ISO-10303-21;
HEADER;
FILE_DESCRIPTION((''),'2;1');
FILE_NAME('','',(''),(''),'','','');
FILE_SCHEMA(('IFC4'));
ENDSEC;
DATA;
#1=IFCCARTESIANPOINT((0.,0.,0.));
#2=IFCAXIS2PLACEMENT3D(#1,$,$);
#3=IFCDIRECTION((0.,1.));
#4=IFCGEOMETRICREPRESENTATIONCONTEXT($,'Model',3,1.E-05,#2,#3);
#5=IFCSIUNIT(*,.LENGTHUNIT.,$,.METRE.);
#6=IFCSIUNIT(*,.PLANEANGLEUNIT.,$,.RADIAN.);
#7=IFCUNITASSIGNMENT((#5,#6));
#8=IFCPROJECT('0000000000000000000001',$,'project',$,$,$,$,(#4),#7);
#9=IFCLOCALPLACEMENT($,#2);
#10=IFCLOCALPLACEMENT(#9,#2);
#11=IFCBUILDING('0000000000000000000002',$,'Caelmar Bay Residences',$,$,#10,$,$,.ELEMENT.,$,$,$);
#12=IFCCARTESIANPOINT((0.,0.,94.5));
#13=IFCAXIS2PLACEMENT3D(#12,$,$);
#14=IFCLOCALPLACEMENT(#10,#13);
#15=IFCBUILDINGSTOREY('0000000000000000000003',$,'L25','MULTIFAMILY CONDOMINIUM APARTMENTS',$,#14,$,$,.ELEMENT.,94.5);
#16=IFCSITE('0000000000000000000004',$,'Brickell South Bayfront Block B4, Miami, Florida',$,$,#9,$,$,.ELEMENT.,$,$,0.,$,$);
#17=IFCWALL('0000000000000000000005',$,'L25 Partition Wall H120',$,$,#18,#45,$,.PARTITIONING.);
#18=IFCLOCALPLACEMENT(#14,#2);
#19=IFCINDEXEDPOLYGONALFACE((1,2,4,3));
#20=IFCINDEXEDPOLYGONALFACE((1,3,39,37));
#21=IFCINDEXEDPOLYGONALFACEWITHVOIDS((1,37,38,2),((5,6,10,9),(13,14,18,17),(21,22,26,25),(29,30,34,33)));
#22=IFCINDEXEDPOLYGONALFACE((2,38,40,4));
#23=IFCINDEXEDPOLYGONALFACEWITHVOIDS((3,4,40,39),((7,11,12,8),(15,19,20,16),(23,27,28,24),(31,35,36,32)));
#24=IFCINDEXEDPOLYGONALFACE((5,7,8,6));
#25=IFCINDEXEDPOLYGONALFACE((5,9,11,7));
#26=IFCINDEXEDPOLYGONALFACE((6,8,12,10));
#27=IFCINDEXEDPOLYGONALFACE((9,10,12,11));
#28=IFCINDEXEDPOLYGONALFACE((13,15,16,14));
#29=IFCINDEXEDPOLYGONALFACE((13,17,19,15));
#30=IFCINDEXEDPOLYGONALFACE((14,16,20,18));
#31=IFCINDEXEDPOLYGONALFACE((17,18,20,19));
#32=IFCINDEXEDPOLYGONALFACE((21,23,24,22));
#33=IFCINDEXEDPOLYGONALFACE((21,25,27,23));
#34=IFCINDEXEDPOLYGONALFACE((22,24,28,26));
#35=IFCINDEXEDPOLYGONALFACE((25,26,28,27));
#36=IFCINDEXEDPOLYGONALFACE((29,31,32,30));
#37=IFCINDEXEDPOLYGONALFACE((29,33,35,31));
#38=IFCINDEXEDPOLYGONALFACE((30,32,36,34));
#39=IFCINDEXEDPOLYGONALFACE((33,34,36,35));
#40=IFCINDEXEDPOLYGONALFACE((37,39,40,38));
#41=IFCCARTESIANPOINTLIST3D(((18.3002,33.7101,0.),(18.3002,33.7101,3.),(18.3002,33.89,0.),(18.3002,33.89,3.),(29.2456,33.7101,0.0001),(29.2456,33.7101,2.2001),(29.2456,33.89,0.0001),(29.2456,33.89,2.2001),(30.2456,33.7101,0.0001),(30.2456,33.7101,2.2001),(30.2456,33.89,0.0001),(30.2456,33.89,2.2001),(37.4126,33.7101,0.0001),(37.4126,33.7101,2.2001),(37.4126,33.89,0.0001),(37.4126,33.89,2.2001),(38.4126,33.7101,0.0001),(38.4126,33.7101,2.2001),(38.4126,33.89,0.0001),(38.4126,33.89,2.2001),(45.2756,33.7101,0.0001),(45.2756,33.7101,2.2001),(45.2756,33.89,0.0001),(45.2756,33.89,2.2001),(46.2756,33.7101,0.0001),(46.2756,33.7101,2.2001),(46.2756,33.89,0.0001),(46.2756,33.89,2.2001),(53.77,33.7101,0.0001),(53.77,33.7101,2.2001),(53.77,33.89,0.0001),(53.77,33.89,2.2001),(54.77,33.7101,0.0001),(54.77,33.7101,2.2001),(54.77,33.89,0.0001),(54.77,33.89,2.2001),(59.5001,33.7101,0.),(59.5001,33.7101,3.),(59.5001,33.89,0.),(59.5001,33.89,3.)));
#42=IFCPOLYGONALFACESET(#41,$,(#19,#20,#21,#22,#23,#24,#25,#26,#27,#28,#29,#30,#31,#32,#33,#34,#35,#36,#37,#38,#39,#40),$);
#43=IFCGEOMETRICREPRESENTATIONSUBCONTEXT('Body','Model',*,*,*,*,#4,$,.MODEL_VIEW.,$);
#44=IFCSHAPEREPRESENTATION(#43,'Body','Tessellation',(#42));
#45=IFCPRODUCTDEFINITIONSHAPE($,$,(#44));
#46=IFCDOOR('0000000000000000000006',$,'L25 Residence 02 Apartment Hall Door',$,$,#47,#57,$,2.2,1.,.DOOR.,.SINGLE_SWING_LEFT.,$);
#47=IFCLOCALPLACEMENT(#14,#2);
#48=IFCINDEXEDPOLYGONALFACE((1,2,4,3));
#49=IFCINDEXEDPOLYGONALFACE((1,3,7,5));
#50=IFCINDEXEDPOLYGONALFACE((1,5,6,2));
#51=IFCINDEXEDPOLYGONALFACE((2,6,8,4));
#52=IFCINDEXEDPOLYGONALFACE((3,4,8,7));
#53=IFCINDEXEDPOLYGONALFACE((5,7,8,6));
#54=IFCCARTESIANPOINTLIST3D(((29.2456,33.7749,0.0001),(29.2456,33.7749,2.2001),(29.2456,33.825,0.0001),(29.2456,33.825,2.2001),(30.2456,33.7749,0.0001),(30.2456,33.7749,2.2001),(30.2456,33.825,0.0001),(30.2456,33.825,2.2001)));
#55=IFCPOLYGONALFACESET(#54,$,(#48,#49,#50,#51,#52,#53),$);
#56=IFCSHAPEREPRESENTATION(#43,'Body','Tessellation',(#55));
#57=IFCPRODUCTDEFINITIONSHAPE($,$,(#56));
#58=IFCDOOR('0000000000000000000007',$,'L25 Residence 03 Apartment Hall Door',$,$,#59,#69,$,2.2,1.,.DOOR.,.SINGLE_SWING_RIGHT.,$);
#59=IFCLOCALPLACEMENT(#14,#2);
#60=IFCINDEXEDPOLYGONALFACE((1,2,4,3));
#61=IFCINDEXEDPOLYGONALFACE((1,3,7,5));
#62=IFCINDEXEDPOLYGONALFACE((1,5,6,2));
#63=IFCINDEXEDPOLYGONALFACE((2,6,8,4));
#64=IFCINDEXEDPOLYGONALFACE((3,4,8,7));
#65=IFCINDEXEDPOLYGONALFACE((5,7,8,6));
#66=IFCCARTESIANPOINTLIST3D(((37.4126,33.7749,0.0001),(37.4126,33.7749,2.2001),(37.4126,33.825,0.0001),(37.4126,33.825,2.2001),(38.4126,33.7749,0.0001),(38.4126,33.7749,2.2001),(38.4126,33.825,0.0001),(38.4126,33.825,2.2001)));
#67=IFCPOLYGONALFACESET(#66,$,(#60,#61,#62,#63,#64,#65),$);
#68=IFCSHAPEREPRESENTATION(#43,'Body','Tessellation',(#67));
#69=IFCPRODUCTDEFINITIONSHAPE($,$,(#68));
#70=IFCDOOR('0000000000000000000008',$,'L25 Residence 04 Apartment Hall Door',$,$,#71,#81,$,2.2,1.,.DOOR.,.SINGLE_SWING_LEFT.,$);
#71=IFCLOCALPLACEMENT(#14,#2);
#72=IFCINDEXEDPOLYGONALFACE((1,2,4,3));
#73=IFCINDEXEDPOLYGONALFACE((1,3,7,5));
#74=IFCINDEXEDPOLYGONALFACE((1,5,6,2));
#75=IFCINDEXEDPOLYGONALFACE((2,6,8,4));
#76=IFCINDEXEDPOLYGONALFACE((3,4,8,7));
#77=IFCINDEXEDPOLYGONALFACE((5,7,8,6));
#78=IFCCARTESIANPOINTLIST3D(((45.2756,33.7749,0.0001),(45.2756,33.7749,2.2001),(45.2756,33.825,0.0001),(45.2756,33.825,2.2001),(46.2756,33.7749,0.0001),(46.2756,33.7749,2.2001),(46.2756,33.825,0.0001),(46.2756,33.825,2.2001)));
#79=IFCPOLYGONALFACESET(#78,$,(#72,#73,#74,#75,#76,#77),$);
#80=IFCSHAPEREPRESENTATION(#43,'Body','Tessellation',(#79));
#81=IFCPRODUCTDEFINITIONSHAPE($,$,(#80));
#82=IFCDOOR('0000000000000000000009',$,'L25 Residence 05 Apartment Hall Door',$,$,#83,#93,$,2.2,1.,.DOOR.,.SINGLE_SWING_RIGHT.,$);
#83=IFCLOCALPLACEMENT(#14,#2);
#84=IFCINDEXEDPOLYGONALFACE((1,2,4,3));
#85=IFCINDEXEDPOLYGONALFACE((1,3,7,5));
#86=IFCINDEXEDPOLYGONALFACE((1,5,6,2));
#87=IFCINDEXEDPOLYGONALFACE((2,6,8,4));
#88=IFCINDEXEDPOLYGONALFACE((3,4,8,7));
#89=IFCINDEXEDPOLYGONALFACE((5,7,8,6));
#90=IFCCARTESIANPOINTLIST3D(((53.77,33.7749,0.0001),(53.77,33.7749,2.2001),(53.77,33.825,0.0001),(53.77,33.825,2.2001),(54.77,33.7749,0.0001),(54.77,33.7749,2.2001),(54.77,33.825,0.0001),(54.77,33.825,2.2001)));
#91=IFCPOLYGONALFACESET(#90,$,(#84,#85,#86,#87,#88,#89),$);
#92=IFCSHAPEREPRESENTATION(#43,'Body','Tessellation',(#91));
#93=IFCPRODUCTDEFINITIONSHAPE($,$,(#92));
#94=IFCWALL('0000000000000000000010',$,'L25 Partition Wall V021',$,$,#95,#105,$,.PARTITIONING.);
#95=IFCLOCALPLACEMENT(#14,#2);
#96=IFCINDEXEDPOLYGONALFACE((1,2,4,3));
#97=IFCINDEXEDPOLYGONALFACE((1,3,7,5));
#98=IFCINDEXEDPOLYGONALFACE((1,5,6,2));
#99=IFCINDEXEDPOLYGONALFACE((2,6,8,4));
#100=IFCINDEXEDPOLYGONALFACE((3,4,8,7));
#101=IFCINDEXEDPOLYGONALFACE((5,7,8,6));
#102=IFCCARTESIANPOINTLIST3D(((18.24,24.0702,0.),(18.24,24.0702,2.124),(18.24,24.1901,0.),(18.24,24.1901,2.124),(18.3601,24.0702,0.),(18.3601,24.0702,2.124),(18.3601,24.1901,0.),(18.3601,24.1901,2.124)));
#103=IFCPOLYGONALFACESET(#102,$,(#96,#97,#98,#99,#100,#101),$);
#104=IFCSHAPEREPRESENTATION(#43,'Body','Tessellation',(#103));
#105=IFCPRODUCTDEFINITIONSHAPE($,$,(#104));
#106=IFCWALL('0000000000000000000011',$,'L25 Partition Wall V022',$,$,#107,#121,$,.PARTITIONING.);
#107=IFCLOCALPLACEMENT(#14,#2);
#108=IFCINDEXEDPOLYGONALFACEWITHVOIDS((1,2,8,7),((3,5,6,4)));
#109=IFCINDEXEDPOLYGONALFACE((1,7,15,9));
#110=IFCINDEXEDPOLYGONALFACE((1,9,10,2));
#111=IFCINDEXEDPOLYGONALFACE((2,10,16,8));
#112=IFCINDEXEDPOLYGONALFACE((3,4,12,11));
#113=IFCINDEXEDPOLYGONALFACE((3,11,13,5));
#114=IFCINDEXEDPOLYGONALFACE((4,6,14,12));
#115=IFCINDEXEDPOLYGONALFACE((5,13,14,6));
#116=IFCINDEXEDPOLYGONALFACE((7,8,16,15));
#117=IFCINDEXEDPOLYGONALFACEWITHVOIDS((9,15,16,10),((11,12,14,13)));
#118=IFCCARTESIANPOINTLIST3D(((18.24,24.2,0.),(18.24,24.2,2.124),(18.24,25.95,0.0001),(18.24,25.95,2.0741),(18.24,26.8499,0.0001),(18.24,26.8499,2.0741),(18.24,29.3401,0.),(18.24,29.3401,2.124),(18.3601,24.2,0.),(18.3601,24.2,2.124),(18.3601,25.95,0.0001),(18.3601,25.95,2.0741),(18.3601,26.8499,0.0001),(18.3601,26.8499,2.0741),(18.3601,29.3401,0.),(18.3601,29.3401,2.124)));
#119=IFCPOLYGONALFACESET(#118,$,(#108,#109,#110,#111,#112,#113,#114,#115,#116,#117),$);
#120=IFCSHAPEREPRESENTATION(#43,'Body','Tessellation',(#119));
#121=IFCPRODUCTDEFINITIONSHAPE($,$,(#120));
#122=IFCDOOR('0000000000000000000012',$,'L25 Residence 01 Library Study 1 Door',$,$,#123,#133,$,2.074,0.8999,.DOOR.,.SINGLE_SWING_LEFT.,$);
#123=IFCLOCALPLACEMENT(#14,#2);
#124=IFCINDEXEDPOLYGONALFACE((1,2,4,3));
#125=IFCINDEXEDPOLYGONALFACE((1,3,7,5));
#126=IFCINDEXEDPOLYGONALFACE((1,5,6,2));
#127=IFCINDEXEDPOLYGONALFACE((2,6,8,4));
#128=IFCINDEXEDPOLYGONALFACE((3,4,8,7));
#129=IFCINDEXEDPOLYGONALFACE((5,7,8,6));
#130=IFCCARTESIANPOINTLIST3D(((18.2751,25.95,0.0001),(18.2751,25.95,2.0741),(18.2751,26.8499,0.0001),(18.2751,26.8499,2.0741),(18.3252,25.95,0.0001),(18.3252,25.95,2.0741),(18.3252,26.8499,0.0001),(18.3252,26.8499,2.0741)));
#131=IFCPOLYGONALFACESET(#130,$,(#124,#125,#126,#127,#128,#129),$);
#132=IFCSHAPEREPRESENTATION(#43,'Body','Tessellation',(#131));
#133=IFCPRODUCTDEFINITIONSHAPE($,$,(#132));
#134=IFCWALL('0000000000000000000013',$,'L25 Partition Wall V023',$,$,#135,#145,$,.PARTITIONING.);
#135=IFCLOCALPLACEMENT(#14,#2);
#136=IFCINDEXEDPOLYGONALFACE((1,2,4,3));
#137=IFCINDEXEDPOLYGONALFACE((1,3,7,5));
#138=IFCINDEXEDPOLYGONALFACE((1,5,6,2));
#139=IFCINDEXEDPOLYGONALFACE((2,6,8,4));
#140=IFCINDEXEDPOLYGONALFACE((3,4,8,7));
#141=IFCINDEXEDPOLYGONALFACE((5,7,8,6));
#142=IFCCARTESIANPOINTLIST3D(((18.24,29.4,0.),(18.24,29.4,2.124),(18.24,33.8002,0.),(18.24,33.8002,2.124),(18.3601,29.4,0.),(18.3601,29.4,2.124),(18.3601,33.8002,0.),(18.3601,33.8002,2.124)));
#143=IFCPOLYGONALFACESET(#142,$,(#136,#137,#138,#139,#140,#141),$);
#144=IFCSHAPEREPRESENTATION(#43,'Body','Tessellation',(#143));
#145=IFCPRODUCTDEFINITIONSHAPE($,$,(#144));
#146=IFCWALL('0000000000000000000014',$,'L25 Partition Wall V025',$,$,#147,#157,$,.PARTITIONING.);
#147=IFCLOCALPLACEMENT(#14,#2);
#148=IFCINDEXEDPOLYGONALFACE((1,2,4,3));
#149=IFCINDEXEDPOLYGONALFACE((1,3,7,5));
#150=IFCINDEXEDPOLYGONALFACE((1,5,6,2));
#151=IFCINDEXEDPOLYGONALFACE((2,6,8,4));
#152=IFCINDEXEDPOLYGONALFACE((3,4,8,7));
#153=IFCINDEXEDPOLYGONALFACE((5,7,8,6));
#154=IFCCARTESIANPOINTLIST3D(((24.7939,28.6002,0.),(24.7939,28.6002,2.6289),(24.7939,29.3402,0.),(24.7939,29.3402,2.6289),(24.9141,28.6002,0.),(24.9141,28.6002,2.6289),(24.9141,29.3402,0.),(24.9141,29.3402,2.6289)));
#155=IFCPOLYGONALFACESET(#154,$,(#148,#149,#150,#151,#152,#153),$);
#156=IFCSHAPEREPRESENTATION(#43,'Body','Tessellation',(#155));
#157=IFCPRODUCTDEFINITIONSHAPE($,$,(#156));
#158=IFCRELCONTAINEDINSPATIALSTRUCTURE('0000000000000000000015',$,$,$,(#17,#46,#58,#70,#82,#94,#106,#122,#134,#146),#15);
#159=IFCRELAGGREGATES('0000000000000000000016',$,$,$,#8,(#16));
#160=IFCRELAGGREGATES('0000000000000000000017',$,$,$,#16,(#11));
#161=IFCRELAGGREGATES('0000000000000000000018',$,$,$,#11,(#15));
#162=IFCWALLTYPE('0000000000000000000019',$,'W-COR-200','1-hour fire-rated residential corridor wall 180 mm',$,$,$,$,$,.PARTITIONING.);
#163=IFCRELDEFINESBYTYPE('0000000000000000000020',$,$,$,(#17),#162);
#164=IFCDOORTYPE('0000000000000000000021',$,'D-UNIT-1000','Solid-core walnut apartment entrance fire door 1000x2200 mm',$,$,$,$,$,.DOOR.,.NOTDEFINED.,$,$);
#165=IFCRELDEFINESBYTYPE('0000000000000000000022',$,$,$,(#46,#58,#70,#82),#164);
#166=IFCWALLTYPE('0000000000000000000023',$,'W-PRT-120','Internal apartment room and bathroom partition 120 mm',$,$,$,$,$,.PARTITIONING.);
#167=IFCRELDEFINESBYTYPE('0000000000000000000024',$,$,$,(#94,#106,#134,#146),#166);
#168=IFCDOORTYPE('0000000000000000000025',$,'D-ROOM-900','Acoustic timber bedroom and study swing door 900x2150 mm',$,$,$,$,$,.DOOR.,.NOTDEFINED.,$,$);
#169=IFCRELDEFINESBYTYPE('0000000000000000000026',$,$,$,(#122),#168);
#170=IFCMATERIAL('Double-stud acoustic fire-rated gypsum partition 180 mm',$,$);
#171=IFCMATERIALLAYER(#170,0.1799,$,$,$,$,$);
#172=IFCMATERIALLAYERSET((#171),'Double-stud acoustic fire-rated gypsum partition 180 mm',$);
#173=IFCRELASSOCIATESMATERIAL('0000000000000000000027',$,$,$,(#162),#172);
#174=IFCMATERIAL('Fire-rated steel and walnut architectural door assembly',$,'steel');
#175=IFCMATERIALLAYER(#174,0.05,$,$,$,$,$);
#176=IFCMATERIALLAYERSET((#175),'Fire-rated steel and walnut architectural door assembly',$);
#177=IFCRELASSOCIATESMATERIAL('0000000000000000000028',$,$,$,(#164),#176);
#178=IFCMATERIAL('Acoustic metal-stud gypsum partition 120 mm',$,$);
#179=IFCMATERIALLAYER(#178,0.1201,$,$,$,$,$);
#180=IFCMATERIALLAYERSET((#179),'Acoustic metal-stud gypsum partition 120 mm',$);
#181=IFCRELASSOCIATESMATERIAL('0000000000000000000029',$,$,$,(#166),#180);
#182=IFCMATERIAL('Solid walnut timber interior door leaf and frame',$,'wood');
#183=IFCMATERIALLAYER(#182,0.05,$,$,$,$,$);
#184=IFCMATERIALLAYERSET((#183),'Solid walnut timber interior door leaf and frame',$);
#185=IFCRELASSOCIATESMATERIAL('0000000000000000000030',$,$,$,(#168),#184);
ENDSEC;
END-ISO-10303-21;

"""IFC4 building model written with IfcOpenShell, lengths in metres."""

from ifc_helpers import new_model, si_unit, direction, frame, frame_2d, origin, place, context, subcontext, project, spatial, rectangle, extrude, material, layer, layer_set, type_object, element, fill, save


model = new_model("IFC4")

# Units and contexts
model_context = context("Model", 3, precision=1e-05, world=origin(), true_north=direction((0.0, 1.0)))
body_context = subcontext(model_context, "Body", "Model", "MODEL_VIEW")
ifc_project = project(units=[si_unit("LENGTHUNIT", "METRE"), si_unit("PLANEANGLEUNIT", "RADIAN")], contexts=[model_context])

# Site, building, storey
site_placement = place(None, origin())
site = spatial("IfcSite", under=ifc_project, at=site_placement, Name="Brickell South Bayfront Block B4, Miami, Florida", CompositionType="ELEMENT", RefElevation=0.0)
building_placement = place(site_placement, origin())
building = spatial("IfcBuilding", under=site, at=building_placement, Name="Caelmar Bay Residences", CompositionType="ELEMENT")
storey_placement = place(building_placement, frame((0.0, 0.0, 94.5)))
storey = spatial("IfcBuildingStorey", under=building, at=storey_placement, Name="L25", Description="MULTIFAMILY CONDOMINIUM APARTMENTS", CompositionType="ELEMENT", Elevation=94.5)

# Wall, openings, doors
ifc_material_1 = material(Name="Double-stud acoustic fire-rated gypsum partition 180 mm")
ifc_layer_1 = layer(ifc_material_1, 0.1799)
ifc_layer_set_1 = layer_set([ifc_layer_1], Name="Double-stud acoustic fire-rated gypsum partition 180 mm")
wall_type_1 = type_object("IfcWallType", Name="W-COR-200", Description="1-hour fire-rated residential corridor wall 180 mm", PredefinedType="PARTITIONING", material=ifc_layer_set_1)
wall_1_placement = place(storey_placement, frame((18.3, 33.8, 0.0), z_axis=(0.0, 0.0, 1.0), x_axis=(1.0, 0.0, 0.0)))
wall_1 = element("IfcWall", 1, at=wall_1_placement, inside=storey, type_object=wall_type_1, Name="L25 Partition Wall H120", PredefinedType="PARTITIONING", context=body_context, shape_type="SweptSolid", body=[
    extrude(rectangle(XDim=41.2, YDim=0.1799, at=frame_2d((20.6001, 0.0))), origin(), (0.0, 0.0, 1.0), 3.0),
])
opening_1_placement = place(wall_1_placement, frame((10.9456, 0.0, 0.0)))
opening_1 = element("IfcOpeningElement", 2, at=opening_1_placement, cuts=wall_1, PredefinedType="OPENING", context=body_context, shape_type="SweptSolid", body=[
    extrude(rectangle(XDim=1.0, YDim=2.2, at=frame_2d((0.5, 1.1001))), frame((0.0, 0.0999, 0.0), z_axis=(0.0, -1.0, 0.0), x_axis=(1.0, 0.0, 0.0)), (0.0, 0.0, 1.0), 0.2),
])
opening_2_placement = place(wall_1_placement, frame((19.1125, 0.0, 0.0)))
opening_2 = element("IfcOpeningElement", 3, at=opening_2_placement, cuts=wall_1, PredefinedType="OPENING", context=body_context, shape_type="SweptSolid", body=[
    extrude(rectangle(XDim=1.0, YDim=2.2, at=frame_2d((0.5, 1.1001))), frame((0.0, 0.0999, 0.0), z_axis=(0.0, -1.0, 0.0), x_axis=(1.0, 0.0, 0.0)), (0.0, 0.0, 1.0), 0.2),
])
opening_3_placement = place(wall_1_placement, frame((26.9756, 0.0, 0.0)))
opening_3 = element("IfcOpeningElement", 4, at=opening_3_placement, cuts=wall_1, PredefinedType="OPENING", context=body_context, shape_type="SweptSolid", body=[
    extrude(rectangle(XDim=1.0, YDim=2.2, at=frame_2d((0.5, 1.1001))), frame((0.0, 0.0999, 0.0), z_axis=(0.0, -1.0, 0.0), x_axis=(1.0, 0.0, 0.0)), (0.0, 0.0, 1.0), 0.2),
])
opening_4_placement = place(wall_1_placement, frame((35.47, 0.0, 0.0)))
opening_4 = element("IfcOpeningElement", 5, at=opening_4_placement, cuts=wall_1, PredefinedType="OPENING", context=body_context, shape_type="SweptSolid", body=[
    extrude(rectangle(XDim=1.0, YDim=2.2, at=frame_2d((0.5, 1.1001))), frame((0.0, 0.0999, 0.0), z_axis=(0.0, -1.0, 0.0), x_axis=(1.0, 0.0, 0.0)), (0.0, 0.0, 1.0), 0.2),
])
ifc_material_2 = material(Name="Fire-rated steel and walnut architectural door assembly", Category="steel")
ifc_layer_2 = layer(ifc_material_2, 0.05)
ifc_layer_set_2 = layer_set([ifc_layer_2], Name="Fire-rated steel and walnut architectural door assembly")
door_type_1 = type_object("IfcDoorType", Name="D-UNIT-1000", Description="Solid-core walnut apartment entrance fire door 1000x2200 mm", OperationType="NOTDEFINED", PredefinedType="DOOR", material=ifc_layer_set_2)
door_1_placement = place(opening_1_placement, origin())
door_1 = element("IfcDoor", 6, at=door_1_placement, inside=storey, type_object=door_type_1, Name="L25 Residence 02 Apartment Hall Door", OperationType="SINGLE_SWING_LEFT", OverallHeight=2.2, OverallWidth=1.0, PredefinedType="DOOR", context=body_context, shape_type="SweptSolid", body=[
    extrude(rectangle(XDim=1.0, YDim=2.2, at=frame_2d((0.5, 1.1001))), frame((0.0, 0.0249, 0.0), z_axis=(0.0, -1.0, 0.0), x_axis=(1.0, 0.0, 0.0)), (0.0, 0.0, 1.0), 0.05),
])
fill(opening_1, door_1)
door_2_placement = place(opening_2_placement, origin())
door_2 = element("IfcDoor", 7, at=door_2_placement, inside=storey, type_object=door_type_1, Name="L25 Residence 03 Apartment Hall Door", OperationType="SINGLE_SWING_RIGHT", OverallHeight=2.2, OverallWidth=1.0, PredefinedType="DOOR", context=body_context, shape_type="SweptSolid", body=[
    extrude(rectangle(XDim=1.0, YDim=2.2, at=frame_2d((0.5, 1.1001))), frame((0.0, 0.0249, 0.0), z_axis=(0.0, -1.0, 0.0), x_axis=(1.0, 0.0, 0.0)), (0.0, 0.0, 1.0), 0.05),
])
fill(opening_2, door_2)
door_3_placement = place(opening_3_placement, origin())
door_3 = element("IfcDoor", 8, at=door_3_placement, inside=storey, type_object=door_type_1, Name="L25 Residence 04 Apartment Hall Door", OperationType="SINGLE_SWING_LEFT", OverallHeight=2.2, OverallWidth=1.0, PredefinedType="DOOR", context=body_context, shape_type="SweptSolid", body=[
    extrude(rectangle(XDim=1.0, YDim=2.2, at=frame_2d((0.5, 1.1001))), frame((0.0, 0.0249, 0.0), z_axis=(0.0, -1.0, 0.0), x_axis=(1.0, 0.0, 0.0)), (0.0, 0.0, 1.0), 0.05),
])
fill(opening_3, door_3)
door_4_placement = place(opening_4_placement, origin())
door_4 = element("IfcDoor", 9, at=door_4_placement, inside=storey, type_object=door_type_1, Name="L25 Residence 05 Apartment Hall Door", OperationType="SINGLE_SWING_RIGHT", OverallHeight=2.2, OverallWidth=1.0, PredefinedType="DOOR", context=body_context, shape_type="SweptSolid", body=[
    extrude(rectangle(XDim=1.0, YDim=2.2, at=frame_2d((0.5, 1.1001))), frame((0.0, 0.0249, 0.0), z_axis=(0.0, -1.0, 0.0), x_axis=(1.0, 0.0, 0.0)), (0.0, 0.0, 1.0), 0.05),
])
fill(opening_4, door_4)

# Wall
ifc_material_3 = material(Name="Acoustic metal-stud gypsum partition 120 mm")
ifc_layer_3 = layer(ifc_material_3, 0.1201)
ifc_layer_set_3 = layer_set([ifc_layer_3], Name="Acoustic metal-stud gypsum partition 120 mm")
wall_type_2 = type_object("IfcWallType", Name="W-PRT-120", Description="Internal apartment room and bathroom partition 120 mm", PredefinedType="PARTITIONING", material=ifc_layer_set_3)
wall_2_placement = place(storey_placement, frame((18.3, 24.0701, 0.0), z_axis=(0.0, 0.0, 1.0), x_axis=(0.0, 1.0, 0.0)))
element("IfcWall", 10, at=wall_2_placement, inside=storey, type_object=wall_type_2, Name="L25 Partition Wall V021", PredefinedType="PARTITIONING", context=body_context, shape_type="SweptSolid", body=[
    extrude(rectangle(XDim=0.1199, YDim=0.1201, at=frame_2d((0.0601, 0.0))), origin(), (0.0, 0.0, 1.0), 2.124),
])

# Wall, opening, door
wall_3_placement = place(storey_placement, frame((18.3, 24.2, 0.0), z_axis=(0.0, 0.0, 1.0), x_axis=(0.0, 1.0, 0.0)))
wall_3 = element("IfcWall", 11, at=wall_3_placement, inside=storey, type_object=wall_type_2, Name="L25 Partition Wall V022", PredefinedType="PARTITIONING", context=body_context, shape_type="SweptSolid", body=[
    extrude(rectangle(XDim=5.1401, YDim=0.1201, at=frame_2d((2.5701, 0.0))), origin(), (0.0, 0.0, 1.0), 2.124),
])
opening_5_placement = place(wall_3_placement, frame((1.75, 0.0, 0.0)))
opening_5 = element("IfcOpeningElement", 12, at=opening_5_placement, cuts=wall_3, PredefinedType="OPENING", context=body_context, shape_type="SweptSolid", body=[
    extrude(rectangle(XDim=0.8999, YDim=2.074, at=frame_2d((0.45, 1.0371))), frame((0.0, 0.0701, 0.0), z_axis=(0.0, -1.0, 0.0), x_axis=(1.0, 0.0, 0.0)), (0.0, 0.0, 1.0), 0.1401),
])
ifc_material_4 = material(Name="Solid walnut timber interior door leaf and frame", Category="wood")
ifc_layer_4 = layer(ifc_material_4, 0.05)
ifc_layer_set_4 = layer_set([ifc_layer_4], Name="Solid walnut timber interior door leaf and frame")
door_type_2 = type_object("IfcDoorType", Name="D-ROOM-900", Description="Acoustic timber bedroom and study swing door 900x2150 mm", OperationType="NOTDEFINED", PredefinedType="DOOR", material=ifc_layer_set_4)
door_5_placement = place(opening_5_placement, origin())
door_5 = element("IfcDoor", 13, at=door_5_placement, inside=storey, type_object=door_type_2, Name="L25 Residence 01 Library Study 1 Door", OperationType="SINGLE_SWING_LEFT", OverallHeight=2.074, OverallWidth=0.8999, PredefinedType="DOOR", context=body_context, shape_type="SweptSolid", body=[
    extrude(rectangle(XDim=0.8999, YDim=2.074, at=frame_2d((0.45, 1.0371))), frame((0.0, 0.0249, 0.0), z_axis=(0.0, -1.0, 0.0), x_axis=(1.0, 0.0, 0.0)), (0.0, 0.0, 1.0), 0.05),
])
fill(opening_5, door_5)

# Walls
wall_4_placement = place(storey_placement, frame((18.3, 29.3999, 0.0), z_axis=(0.0, 0.0, 1.0), x_axis=(0.0, 1.0, 0.0)))
element("IfcWall", 14, at=wall_4_placement, inside=storey, type_object=wall_type_2, Name="L25 Partition Wall V023", PredefinedType="PARTITIONING", context=body_context, shape_type="SweptSolid", body=[
    extrude(rectangle(XDim=4.4001, YDim=0.1201, at=frame_2d((2.2002, 0.0))), origin(), (0.0, 0.0, 1.0), 2.124),
])
wall_5_placement = place(storey_placement, frame((24.854, 28.6001, 0.0), z_axis=(0.0, 0.0, 1.0), x_axis=(0.0, 1.0, 0.0)))
element("IfcWall", 15, at=wall_5_placement, inside=storey, type_object=wall_type_2, Name="L25 Partition Wall V025", PredefinedType="PARTITIONING", context=body_context, shape_type="SweptSolid", body=[
    extrude(rectangle(XDim=0.74, YDim=0.1201, at=frame_2d((0.3701, 0.0))), origin(), (0.0, 0.0, 1.0), 2.6289),
])

save(model, "model.ifc")
